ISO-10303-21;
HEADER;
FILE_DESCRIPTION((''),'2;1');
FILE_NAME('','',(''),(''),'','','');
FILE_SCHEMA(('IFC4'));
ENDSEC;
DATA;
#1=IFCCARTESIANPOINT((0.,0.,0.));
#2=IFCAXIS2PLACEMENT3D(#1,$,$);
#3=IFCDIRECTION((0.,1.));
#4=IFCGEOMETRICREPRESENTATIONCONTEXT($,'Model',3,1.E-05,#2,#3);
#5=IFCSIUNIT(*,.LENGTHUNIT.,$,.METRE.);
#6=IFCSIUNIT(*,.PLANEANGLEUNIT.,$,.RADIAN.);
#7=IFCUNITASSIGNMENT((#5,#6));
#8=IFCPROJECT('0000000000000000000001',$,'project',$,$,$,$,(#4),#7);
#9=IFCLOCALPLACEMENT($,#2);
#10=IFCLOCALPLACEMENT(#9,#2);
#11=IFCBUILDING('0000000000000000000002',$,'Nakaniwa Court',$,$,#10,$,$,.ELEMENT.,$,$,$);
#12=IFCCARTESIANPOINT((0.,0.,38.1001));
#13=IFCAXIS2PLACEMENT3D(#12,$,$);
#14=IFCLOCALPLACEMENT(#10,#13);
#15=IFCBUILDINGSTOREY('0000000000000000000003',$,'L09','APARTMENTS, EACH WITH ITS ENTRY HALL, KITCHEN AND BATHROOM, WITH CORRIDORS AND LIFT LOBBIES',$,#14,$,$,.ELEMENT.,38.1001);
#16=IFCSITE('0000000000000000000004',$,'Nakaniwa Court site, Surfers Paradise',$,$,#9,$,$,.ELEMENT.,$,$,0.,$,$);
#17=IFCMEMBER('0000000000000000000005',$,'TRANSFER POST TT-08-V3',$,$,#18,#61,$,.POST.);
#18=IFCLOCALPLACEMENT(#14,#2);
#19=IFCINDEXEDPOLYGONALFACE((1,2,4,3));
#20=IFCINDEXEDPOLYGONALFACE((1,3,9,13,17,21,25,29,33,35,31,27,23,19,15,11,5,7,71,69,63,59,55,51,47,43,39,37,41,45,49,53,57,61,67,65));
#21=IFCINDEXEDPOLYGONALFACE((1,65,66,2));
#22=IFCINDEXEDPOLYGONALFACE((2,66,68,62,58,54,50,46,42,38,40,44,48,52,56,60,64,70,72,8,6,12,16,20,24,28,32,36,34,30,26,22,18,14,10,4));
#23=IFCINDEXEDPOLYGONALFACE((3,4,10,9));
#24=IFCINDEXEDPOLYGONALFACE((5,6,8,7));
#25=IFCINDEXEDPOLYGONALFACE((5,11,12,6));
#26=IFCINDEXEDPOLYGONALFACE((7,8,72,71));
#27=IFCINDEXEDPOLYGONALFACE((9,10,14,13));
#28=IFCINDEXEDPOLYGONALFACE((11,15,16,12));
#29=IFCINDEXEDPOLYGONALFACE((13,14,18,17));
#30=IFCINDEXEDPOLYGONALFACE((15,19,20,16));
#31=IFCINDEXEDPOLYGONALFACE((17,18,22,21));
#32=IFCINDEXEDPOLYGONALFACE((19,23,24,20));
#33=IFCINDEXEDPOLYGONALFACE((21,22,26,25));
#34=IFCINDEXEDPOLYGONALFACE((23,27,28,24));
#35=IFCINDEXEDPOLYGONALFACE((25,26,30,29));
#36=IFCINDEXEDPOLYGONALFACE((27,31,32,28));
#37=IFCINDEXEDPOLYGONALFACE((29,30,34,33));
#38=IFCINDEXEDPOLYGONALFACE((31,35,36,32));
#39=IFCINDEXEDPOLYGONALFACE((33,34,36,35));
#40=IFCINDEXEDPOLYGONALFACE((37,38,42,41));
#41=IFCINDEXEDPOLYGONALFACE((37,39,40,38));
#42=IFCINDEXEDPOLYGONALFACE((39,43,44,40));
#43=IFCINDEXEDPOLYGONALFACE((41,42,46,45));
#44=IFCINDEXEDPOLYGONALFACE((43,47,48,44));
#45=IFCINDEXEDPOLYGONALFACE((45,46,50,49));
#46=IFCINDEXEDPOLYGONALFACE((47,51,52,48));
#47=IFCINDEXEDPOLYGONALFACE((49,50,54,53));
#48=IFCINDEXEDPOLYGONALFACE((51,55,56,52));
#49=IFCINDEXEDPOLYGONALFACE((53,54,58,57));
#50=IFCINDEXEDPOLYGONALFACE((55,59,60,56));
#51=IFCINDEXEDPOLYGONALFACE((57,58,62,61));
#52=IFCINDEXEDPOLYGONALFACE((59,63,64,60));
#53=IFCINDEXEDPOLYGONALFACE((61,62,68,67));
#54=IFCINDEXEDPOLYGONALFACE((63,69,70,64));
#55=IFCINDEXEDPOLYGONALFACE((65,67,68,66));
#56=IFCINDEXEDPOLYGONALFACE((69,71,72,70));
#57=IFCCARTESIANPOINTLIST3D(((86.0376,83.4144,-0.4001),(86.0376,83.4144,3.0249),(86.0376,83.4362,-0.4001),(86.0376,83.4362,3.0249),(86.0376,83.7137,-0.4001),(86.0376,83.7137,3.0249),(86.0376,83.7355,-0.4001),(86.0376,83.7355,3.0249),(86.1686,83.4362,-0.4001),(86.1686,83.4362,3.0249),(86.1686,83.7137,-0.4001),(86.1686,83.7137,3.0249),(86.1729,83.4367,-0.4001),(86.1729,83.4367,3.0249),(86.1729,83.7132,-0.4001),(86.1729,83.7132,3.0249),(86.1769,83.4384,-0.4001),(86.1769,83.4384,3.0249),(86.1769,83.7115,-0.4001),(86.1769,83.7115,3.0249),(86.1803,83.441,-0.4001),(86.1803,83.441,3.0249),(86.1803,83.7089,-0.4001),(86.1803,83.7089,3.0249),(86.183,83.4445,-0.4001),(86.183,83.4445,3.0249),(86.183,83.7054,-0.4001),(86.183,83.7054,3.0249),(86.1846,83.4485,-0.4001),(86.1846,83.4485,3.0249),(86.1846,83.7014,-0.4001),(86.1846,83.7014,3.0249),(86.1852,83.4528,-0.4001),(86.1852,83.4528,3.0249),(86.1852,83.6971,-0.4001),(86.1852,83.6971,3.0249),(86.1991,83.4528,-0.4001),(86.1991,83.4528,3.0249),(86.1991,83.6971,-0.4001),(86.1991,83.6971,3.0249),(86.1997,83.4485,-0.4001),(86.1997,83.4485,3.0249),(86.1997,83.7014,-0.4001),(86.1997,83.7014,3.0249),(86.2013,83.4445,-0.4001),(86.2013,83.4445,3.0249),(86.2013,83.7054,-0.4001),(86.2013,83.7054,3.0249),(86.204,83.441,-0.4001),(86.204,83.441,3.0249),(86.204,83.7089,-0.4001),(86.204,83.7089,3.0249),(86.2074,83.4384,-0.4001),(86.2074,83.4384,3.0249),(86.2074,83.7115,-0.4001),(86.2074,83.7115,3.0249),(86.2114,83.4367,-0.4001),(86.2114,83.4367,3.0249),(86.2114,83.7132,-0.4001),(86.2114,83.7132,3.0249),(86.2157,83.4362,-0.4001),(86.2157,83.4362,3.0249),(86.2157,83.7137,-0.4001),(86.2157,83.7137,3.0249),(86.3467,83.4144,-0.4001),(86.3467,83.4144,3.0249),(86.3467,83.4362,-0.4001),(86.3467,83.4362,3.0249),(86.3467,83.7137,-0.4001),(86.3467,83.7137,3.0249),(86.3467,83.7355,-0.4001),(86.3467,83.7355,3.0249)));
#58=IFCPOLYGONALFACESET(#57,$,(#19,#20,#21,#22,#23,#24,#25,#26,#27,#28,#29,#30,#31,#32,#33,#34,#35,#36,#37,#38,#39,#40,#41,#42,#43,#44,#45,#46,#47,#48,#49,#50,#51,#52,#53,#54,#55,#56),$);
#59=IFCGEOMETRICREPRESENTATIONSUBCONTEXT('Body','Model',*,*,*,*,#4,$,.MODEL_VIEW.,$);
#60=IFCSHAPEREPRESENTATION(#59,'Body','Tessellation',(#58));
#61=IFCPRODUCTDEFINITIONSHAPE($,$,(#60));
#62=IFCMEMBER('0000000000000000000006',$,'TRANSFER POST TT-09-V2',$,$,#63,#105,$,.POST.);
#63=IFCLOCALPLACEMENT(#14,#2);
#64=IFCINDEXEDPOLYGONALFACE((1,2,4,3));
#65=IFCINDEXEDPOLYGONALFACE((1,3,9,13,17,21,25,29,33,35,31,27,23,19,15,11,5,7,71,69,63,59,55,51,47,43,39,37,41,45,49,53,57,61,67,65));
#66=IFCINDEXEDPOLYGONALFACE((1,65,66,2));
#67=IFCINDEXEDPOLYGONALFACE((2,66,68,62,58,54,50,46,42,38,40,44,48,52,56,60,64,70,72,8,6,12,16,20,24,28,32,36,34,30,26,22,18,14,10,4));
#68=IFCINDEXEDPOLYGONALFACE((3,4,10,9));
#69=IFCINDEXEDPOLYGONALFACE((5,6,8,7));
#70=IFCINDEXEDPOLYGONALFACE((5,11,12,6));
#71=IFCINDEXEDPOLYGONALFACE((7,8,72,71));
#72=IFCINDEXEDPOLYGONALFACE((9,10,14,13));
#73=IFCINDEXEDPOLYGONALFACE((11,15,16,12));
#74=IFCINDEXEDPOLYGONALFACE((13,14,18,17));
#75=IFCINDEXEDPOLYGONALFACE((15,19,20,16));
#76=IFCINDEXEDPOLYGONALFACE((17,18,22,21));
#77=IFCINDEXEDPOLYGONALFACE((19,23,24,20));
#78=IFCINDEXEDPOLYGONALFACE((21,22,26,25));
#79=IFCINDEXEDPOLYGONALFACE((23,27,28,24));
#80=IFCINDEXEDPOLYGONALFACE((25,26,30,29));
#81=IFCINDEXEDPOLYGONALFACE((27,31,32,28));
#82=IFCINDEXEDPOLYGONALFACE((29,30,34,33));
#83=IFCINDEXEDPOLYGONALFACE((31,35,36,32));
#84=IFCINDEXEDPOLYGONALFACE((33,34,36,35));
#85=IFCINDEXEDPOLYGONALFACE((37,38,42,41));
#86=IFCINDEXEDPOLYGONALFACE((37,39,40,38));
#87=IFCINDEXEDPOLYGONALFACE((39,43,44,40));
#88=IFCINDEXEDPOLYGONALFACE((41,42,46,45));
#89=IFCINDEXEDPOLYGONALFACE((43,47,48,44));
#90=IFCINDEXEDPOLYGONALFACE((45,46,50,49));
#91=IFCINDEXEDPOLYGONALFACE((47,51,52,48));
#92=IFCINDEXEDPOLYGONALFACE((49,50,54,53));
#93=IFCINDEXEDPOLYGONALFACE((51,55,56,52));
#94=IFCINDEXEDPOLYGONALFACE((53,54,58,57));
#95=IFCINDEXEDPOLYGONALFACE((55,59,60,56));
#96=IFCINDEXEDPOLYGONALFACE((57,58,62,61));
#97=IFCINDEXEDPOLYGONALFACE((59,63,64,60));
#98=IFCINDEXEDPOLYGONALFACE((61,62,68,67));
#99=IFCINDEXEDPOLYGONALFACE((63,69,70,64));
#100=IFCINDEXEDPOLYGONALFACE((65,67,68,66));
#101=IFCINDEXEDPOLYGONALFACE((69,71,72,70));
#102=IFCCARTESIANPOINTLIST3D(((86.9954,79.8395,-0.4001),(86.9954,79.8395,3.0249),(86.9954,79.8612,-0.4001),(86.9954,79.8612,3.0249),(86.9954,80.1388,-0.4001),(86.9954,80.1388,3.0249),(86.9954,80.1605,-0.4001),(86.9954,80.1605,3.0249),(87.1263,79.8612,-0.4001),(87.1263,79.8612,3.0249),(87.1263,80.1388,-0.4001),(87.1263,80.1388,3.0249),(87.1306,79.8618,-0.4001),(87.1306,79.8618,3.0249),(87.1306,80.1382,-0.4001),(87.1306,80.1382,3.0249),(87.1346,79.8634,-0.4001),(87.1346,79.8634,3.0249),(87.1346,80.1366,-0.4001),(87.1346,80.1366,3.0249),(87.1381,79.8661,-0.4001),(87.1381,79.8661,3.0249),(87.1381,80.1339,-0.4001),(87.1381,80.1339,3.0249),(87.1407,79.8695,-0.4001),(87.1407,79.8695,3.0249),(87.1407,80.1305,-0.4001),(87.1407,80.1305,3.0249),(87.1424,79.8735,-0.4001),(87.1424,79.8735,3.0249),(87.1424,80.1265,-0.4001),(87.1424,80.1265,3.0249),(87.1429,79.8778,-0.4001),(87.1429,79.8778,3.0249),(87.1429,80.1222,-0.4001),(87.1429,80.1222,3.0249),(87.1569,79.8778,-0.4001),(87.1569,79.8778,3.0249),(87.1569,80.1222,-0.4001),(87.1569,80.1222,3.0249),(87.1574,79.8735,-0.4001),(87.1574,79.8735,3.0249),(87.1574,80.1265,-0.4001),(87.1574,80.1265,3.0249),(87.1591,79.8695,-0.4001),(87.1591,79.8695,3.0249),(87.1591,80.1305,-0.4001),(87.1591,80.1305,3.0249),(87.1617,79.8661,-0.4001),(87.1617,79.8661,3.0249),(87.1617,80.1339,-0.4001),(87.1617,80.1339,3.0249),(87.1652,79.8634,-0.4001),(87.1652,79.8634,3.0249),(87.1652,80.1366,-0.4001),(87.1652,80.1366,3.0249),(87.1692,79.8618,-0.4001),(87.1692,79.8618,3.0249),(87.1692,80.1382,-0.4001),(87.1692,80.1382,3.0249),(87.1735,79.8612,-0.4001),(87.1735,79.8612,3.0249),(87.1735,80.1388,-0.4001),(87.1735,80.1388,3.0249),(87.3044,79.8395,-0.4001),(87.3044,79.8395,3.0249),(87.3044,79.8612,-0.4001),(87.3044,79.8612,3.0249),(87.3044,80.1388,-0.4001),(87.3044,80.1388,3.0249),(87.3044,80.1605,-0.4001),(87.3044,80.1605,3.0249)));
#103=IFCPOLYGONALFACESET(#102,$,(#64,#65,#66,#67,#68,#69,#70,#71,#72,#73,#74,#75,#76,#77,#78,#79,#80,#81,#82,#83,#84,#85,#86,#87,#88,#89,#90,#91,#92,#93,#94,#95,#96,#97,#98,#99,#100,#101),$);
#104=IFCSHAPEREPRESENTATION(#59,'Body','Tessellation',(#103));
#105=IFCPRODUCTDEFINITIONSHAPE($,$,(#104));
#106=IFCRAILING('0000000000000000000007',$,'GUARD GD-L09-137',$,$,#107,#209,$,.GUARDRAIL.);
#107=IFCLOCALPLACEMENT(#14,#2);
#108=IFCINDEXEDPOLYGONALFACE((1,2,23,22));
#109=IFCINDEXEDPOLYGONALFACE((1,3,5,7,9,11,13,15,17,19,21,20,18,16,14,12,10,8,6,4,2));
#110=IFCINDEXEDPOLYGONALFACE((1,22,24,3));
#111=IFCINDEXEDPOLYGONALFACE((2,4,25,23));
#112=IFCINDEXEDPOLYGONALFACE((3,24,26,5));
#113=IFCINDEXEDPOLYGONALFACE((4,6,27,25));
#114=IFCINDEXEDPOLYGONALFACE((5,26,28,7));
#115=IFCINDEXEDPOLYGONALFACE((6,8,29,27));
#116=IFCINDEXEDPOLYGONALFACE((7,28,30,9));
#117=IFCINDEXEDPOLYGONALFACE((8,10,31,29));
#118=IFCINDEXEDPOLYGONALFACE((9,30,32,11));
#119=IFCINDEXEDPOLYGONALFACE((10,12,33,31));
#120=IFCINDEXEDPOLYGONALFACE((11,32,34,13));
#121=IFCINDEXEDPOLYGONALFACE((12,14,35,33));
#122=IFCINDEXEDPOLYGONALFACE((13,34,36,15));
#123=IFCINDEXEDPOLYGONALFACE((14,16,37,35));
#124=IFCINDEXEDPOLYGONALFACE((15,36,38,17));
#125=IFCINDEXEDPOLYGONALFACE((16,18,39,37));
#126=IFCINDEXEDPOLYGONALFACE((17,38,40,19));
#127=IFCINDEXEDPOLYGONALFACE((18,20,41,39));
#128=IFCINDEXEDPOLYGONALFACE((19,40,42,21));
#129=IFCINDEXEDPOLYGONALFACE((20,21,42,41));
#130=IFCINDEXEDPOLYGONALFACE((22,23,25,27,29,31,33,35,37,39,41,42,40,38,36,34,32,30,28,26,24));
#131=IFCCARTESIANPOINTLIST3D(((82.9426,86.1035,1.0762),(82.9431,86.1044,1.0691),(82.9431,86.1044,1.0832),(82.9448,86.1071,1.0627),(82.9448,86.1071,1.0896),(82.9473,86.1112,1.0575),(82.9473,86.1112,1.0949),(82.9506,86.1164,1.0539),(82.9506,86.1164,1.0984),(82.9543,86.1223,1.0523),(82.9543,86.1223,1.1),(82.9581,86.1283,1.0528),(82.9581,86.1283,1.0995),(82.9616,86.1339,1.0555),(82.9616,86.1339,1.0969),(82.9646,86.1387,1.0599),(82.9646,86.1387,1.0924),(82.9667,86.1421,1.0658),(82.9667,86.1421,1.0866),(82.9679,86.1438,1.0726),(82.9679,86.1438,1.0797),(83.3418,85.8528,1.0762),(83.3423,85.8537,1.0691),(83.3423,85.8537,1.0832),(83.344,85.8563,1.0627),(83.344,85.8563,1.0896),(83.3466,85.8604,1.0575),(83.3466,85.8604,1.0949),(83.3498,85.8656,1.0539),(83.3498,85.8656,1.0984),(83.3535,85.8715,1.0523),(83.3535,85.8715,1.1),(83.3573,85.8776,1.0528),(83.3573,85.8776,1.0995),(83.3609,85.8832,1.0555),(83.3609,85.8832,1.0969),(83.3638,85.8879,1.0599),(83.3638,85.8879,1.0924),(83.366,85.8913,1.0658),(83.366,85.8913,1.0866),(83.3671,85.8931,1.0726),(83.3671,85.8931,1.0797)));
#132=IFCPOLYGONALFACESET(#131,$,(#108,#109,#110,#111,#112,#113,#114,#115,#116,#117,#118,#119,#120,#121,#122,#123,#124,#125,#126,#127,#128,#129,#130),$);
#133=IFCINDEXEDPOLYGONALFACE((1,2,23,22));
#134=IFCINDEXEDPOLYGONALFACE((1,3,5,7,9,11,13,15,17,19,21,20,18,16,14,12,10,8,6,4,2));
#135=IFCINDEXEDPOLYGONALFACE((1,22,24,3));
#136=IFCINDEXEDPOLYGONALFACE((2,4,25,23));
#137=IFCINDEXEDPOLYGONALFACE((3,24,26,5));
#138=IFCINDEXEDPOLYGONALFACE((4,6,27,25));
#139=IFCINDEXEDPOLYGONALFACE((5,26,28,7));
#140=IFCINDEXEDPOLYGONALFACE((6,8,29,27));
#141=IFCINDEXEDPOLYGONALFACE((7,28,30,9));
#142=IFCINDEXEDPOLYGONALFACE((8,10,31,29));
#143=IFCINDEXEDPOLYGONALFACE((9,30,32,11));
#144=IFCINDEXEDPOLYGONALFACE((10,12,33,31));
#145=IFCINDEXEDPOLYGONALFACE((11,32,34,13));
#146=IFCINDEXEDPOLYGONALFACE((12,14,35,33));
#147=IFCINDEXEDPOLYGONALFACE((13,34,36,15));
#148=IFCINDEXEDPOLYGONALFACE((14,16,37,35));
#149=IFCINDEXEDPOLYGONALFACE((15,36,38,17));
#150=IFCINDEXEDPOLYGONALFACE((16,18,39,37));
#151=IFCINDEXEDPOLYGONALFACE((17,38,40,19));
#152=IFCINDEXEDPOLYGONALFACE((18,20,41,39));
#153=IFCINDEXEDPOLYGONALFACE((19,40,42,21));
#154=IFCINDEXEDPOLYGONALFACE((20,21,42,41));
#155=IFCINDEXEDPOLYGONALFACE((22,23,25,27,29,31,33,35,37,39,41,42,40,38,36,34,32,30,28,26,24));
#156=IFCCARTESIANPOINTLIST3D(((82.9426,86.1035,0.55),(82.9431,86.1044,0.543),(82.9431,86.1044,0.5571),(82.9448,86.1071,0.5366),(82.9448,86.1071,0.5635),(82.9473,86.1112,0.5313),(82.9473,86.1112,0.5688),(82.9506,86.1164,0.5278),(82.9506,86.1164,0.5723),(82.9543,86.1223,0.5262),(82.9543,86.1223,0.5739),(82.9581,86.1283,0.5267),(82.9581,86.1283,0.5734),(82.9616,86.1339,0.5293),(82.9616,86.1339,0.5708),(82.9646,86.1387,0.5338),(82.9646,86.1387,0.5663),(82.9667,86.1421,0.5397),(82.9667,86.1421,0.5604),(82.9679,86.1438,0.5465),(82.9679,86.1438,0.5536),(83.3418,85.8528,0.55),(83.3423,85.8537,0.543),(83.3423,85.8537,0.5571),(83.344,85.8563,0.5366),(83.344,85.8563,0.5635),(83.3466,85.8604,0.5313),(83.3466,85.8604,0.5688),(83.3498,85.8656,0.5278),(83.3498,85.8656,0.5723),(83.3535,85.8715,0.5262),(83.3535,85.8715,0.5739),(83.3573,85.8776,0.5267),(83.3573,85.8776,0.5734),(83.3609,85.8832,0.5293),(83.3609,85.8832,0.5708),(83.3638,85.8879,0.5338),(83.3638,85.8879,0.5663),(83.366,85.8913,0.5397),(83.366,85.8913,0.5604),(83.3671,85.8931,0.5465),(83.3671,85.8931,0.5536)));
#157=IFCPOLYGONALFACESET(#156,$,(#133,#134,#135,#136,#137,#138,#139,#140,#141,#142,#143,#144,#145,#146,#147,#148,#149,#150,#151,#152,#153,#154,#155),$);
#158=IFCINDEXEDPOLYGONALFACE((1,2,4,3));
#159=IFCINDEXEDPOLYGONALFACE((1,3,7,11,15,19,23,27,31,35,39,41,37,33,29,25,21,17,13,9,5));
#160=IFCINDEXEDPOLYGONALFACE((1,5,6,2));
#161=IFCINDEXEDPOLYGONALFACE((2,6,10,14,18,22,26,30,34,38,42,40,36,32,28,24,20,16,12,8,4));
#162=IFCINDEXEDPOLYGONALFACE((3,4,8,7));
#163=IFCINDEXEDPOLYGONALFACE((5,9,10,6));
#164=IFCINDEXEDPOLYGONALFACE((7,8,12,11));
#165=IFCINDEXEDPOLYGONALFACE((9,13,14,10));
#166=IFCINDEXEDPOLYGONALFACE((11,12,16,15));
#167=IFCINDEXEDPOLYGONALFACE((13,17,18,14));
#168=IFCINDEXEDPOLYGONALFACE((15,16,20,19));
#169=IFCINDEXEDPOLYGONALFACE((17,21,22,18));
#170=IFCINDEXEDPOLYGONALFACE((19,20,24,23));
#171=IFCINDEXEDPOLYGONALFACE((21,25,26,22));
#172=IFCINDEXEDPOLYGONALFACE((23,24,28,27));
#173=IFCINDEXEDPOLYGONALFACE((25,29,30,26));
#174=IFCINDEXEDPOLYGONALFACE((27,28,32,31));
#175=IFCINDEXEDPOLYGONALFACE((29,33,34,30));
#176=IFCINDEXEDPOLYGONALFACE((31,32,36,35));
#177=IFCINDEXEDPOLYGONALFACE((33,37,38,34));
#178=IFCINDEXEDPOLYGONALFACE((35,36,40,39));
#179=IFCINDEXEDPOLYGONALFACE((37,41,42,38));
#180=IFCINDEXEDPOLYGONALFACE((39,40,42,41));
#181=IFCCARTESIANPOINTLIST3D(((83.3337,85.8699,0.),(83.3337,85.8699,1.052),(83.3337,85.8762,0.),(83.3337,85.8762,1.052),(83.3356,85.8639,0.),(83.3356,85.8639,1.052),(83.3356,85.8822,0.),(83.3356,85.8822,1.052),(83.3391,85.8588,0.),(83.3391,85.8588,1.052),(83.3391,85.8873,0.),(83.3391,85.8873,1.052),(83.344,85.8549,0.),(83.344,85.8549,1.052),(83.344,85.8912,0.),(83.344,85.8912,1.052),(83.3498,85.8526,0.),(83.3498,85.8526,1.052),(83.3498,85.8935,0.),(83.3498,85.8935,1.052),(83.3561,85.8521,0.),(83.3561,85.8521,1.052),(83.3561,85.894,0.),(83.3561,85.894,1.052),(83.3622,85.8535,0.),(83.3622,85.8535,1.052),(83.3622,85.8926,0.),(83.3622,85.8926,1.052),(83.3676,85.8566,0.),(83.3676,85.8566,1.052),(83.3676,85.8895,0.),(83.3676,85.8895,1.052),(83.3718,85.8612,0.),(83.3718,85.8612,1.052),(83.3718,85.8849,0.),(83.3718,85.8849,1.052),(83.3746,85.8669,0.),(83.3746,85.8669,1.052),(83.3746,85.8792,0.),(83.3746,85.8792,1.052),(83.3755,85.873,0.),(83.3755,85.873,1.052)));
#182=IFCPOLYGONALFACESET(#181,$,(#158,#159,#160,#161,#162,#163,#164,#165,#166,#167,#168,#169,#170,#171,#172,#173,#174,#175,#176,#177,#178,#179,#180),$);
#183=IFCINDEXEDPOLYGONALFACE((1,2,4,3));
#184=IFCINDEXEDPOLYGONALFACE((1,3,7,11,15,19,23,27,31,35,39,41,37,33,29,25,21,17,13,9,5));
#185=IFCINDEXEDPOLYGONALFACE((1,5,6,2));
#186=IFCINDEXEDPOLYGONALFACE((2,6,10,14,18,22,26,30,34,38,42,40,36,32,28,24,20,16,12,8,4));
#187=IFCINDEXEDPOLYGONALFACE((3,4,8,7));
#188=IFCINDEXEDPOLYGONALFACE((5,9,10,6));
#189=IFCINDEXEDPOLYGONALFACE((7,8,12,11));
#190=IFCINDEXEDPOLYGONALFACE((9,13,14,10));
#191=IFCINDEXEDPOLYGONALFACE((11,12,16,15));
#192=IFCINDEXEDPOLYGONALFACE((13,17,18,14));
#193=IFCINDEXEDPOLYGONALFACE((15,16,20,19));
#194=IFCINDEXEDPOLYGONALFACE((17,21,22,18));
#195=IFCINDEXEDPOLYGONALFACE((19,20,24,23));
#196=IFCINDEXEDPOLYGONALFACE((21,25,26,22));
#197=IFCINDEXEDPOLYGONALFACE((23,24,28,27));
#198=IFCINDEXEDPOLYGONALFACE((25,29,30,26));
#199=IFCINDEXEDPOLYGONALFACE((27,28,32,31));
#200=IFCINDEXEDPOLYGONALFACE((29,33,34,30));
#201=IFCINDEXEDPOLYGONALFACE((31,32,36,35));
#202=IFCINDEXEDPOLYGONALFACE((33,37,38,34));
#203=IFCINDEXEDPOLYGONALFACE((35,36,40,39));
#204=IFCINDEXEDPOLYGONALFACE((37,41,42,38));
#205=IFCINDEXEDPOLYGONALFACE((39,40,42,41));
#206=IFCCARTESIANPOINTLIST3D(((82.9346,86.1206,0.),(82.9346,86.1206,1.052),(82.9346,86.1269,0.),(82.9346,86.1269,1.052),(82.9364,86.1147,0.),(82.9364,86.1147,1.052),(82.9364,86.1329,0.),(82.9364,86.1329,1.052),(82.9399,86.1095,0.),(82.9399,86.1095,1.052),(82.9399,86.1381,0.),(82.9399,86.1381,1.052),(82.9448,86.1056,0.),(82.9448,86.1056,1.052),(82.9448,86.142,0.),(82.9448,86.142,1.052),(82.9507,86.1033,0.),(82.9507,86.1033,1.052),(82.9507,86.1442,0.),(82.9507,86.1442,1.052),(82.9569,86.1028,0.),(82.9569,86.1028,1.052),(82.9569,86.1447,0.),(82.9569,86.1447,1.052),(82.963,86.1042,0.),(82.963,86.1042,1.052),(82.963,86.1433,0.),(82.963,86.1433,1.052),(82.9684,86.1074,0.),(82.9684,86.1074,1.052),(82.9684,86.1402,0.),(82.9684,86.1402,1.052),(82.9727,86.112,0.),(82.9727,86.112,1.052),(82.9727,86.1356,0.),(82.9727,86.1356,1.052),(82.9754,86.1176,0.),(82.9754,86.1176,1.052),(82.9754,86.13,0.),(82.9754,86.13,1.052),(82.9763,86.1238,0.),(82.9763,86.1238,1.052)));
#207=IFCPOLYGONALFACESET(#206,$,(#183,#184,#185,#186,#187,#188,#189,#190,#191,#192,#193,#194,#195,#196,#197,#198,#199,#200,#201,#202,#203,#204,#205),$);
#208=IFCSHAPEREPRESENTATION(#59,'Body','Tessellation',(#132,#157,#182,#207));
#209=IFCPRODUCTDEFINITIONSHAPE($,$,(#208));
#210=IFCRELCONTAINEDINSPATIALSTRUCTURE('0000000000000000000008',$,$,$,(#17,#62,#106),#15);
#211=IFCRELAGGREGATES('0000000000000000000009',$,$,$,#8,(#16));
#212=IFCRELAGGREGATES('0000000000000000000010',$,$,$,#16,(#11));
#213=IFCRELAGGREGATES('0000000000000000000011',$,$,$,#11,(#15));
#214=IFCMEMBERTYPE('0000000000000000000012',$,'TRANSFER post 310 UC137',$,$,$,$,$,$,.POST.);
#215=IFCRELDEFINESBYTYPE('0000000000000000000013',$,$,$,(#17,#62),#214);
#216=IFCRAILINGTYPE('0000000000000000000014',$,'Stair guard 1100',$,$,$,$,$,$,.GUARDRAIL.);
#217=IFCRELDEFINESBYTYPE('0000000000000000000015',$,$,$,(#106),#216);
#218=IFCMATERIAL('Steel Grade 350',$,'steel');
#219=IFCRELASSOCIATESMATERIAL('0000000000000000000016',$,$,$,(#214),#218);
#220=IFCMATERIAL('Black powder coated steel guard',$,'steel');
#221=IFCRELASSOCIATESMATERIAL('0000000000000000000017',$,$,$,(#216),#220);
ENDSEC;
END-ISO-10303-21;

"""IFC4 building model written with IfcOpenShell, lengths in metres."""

from ifc_helpers import new_model, si_unit, direction, frame, origin, origin_2d, place, context, subcontext, project, spatial, circle, i_section, extrude, material, material_profile, profile_set, type_object, element, save


model = new_model("IFC4")

# Units and contexts
model_context = context("Model", 3, precision=1e-05, world=origin(), true_north=direction((0.0, 1.0)))
body_context = subcontext(model_context, "Body", "Model", "MODEL_VIEW")
ifc_project = project(units=[si_unit("LENGTHUNIT", "METRE"), si_unit("PLANEANGLEUNIT", "RADIAN")], contexts=[model_context])

# Site, building, storey
site_placement = place(None, origin())
site = spatial("IfcSite", under=ifc_project, at=site_placement, Name="Nakaniwa Court site, Surfers Paradise", CompositionType="ELEMENT", RefElevation=0.0)
building_placement = place(site_placement, origin())
building = spatial("IfcBuilding", under=site, at=building_placement, Name="Nakaniwa Court", CompositionType="ELEMENT")
storey_placement = place(building_placement, frame((0.0, 0.0, 38.1001)))
storey = spatial("IfcBuildingStorey", under=building, at=storey_placement, Name="L09", Description="APARTMENTS, EACH WITH ITS ENTRY HALL, KITCHEN AND BATHROOM, WITH CORRIDORS AND LIFT LOBBIES", CompositionType="ELEMENT", Elevation=38.1001)

# Members
ifc_material_1 = material(Name="Steel Grade 350", Category="steel")
ifc_material_profile_1 = material_profile(ifc_material_1, i_section(OverallWidth=0.3091, OverallDepth=0.321, WebThickness=0.0139, FlangeThickness=0.0217, FilletRadius=0.0166, at=origin_2d()), Name="310UC137")
ifc_profile_set_1 = profile_set([ifc_material_profile_1], Name="Steel Grade 350")
member_type_1 = type_object("IfcMemberType", Name="TRANSFER post 310 UC137", PredefinedType="POST", material=ifc_profile_set_1)
for number, where, z_axis, x_axis, name in (
    (1, (86.1921, 83.575, -0.4001), (0.0, 0.0, 1.0), (1.0, 0.0, 0.0), "TRANSFER POST TT-08-V3"),
    (2, (87.1499, 80.0, -0.4001), (0.0, 0.0, 1.0), (1.0, 0.0, 0.0), "TRANSFER POST TT-09-V2"),
):
    element("IfcMember", number, at=place(storey_placement, frame(where, z_axis=z_axis, x_axis=x_axis)), inside=storey, type_object=member_type_1, Name=name, PredefinedType="POST", context=body_context, shape_type="SweptSolid", body=[
        extrude(i_section(OverallWidth=0.3091, OverallDepth=0.321, WebThickness=0.0139, FlangeThickness=0.0217, FilletRadius=0.0166, at=origin_2d()), origin(), (0.0, 0.0, 1.0), 3.425),
    ])

# Railing
ifc_material_2 = material(Name="Black powder coated steel guard", Category="steel")
railing_type = type_object("IfcRailingType", Name="Stair guard 1100", PredefinedType="GUARDRAIL", material=ifc_material_2)
railing_1_placement = place(storey_placement, frame((83.3545, 85.873, 0.0)))
element("IfcRailing", 3, at=railing_1_placement, inside=storey, type_object=railing_type, Name="GUARD GD-L09-137", PredefinedType="GUARDRAIL", context=body_context, shape_type="SweptSolid", body=[
    extrude(circle(Radius=0.0239, at=origin_2d()), frame((0.0, 0.0, 1.0762), z_axis=(-0.846803, 0.531906, 0.0), x_axis=(-0.531906, -0.846803, 0.0)), (0.0, 0.0, 1.0), 0.4714),
    extrude(circle(Radius=0.0239, at=origin_2d()), frame((0.0, 0.0, 0.55), z_axis=(-0.846803, 0.531906, 0.0), x_axis=(-0.531906, -0.846803, 0.0)), (0.0, 0.0, 1.0), 0.4714),
    extrude(circle(Radius=0.021, at=origin_2d()), origin(), (0.0, 0.0, 1.0), 1.052),
    extrude(circle(Radius=0.021, at=origin_2d()), frame((-0.3992, 0.2507, 0.0)), (0.0, 0.0, 1.0), 1.052),
])

save(model, "model.ifc")
